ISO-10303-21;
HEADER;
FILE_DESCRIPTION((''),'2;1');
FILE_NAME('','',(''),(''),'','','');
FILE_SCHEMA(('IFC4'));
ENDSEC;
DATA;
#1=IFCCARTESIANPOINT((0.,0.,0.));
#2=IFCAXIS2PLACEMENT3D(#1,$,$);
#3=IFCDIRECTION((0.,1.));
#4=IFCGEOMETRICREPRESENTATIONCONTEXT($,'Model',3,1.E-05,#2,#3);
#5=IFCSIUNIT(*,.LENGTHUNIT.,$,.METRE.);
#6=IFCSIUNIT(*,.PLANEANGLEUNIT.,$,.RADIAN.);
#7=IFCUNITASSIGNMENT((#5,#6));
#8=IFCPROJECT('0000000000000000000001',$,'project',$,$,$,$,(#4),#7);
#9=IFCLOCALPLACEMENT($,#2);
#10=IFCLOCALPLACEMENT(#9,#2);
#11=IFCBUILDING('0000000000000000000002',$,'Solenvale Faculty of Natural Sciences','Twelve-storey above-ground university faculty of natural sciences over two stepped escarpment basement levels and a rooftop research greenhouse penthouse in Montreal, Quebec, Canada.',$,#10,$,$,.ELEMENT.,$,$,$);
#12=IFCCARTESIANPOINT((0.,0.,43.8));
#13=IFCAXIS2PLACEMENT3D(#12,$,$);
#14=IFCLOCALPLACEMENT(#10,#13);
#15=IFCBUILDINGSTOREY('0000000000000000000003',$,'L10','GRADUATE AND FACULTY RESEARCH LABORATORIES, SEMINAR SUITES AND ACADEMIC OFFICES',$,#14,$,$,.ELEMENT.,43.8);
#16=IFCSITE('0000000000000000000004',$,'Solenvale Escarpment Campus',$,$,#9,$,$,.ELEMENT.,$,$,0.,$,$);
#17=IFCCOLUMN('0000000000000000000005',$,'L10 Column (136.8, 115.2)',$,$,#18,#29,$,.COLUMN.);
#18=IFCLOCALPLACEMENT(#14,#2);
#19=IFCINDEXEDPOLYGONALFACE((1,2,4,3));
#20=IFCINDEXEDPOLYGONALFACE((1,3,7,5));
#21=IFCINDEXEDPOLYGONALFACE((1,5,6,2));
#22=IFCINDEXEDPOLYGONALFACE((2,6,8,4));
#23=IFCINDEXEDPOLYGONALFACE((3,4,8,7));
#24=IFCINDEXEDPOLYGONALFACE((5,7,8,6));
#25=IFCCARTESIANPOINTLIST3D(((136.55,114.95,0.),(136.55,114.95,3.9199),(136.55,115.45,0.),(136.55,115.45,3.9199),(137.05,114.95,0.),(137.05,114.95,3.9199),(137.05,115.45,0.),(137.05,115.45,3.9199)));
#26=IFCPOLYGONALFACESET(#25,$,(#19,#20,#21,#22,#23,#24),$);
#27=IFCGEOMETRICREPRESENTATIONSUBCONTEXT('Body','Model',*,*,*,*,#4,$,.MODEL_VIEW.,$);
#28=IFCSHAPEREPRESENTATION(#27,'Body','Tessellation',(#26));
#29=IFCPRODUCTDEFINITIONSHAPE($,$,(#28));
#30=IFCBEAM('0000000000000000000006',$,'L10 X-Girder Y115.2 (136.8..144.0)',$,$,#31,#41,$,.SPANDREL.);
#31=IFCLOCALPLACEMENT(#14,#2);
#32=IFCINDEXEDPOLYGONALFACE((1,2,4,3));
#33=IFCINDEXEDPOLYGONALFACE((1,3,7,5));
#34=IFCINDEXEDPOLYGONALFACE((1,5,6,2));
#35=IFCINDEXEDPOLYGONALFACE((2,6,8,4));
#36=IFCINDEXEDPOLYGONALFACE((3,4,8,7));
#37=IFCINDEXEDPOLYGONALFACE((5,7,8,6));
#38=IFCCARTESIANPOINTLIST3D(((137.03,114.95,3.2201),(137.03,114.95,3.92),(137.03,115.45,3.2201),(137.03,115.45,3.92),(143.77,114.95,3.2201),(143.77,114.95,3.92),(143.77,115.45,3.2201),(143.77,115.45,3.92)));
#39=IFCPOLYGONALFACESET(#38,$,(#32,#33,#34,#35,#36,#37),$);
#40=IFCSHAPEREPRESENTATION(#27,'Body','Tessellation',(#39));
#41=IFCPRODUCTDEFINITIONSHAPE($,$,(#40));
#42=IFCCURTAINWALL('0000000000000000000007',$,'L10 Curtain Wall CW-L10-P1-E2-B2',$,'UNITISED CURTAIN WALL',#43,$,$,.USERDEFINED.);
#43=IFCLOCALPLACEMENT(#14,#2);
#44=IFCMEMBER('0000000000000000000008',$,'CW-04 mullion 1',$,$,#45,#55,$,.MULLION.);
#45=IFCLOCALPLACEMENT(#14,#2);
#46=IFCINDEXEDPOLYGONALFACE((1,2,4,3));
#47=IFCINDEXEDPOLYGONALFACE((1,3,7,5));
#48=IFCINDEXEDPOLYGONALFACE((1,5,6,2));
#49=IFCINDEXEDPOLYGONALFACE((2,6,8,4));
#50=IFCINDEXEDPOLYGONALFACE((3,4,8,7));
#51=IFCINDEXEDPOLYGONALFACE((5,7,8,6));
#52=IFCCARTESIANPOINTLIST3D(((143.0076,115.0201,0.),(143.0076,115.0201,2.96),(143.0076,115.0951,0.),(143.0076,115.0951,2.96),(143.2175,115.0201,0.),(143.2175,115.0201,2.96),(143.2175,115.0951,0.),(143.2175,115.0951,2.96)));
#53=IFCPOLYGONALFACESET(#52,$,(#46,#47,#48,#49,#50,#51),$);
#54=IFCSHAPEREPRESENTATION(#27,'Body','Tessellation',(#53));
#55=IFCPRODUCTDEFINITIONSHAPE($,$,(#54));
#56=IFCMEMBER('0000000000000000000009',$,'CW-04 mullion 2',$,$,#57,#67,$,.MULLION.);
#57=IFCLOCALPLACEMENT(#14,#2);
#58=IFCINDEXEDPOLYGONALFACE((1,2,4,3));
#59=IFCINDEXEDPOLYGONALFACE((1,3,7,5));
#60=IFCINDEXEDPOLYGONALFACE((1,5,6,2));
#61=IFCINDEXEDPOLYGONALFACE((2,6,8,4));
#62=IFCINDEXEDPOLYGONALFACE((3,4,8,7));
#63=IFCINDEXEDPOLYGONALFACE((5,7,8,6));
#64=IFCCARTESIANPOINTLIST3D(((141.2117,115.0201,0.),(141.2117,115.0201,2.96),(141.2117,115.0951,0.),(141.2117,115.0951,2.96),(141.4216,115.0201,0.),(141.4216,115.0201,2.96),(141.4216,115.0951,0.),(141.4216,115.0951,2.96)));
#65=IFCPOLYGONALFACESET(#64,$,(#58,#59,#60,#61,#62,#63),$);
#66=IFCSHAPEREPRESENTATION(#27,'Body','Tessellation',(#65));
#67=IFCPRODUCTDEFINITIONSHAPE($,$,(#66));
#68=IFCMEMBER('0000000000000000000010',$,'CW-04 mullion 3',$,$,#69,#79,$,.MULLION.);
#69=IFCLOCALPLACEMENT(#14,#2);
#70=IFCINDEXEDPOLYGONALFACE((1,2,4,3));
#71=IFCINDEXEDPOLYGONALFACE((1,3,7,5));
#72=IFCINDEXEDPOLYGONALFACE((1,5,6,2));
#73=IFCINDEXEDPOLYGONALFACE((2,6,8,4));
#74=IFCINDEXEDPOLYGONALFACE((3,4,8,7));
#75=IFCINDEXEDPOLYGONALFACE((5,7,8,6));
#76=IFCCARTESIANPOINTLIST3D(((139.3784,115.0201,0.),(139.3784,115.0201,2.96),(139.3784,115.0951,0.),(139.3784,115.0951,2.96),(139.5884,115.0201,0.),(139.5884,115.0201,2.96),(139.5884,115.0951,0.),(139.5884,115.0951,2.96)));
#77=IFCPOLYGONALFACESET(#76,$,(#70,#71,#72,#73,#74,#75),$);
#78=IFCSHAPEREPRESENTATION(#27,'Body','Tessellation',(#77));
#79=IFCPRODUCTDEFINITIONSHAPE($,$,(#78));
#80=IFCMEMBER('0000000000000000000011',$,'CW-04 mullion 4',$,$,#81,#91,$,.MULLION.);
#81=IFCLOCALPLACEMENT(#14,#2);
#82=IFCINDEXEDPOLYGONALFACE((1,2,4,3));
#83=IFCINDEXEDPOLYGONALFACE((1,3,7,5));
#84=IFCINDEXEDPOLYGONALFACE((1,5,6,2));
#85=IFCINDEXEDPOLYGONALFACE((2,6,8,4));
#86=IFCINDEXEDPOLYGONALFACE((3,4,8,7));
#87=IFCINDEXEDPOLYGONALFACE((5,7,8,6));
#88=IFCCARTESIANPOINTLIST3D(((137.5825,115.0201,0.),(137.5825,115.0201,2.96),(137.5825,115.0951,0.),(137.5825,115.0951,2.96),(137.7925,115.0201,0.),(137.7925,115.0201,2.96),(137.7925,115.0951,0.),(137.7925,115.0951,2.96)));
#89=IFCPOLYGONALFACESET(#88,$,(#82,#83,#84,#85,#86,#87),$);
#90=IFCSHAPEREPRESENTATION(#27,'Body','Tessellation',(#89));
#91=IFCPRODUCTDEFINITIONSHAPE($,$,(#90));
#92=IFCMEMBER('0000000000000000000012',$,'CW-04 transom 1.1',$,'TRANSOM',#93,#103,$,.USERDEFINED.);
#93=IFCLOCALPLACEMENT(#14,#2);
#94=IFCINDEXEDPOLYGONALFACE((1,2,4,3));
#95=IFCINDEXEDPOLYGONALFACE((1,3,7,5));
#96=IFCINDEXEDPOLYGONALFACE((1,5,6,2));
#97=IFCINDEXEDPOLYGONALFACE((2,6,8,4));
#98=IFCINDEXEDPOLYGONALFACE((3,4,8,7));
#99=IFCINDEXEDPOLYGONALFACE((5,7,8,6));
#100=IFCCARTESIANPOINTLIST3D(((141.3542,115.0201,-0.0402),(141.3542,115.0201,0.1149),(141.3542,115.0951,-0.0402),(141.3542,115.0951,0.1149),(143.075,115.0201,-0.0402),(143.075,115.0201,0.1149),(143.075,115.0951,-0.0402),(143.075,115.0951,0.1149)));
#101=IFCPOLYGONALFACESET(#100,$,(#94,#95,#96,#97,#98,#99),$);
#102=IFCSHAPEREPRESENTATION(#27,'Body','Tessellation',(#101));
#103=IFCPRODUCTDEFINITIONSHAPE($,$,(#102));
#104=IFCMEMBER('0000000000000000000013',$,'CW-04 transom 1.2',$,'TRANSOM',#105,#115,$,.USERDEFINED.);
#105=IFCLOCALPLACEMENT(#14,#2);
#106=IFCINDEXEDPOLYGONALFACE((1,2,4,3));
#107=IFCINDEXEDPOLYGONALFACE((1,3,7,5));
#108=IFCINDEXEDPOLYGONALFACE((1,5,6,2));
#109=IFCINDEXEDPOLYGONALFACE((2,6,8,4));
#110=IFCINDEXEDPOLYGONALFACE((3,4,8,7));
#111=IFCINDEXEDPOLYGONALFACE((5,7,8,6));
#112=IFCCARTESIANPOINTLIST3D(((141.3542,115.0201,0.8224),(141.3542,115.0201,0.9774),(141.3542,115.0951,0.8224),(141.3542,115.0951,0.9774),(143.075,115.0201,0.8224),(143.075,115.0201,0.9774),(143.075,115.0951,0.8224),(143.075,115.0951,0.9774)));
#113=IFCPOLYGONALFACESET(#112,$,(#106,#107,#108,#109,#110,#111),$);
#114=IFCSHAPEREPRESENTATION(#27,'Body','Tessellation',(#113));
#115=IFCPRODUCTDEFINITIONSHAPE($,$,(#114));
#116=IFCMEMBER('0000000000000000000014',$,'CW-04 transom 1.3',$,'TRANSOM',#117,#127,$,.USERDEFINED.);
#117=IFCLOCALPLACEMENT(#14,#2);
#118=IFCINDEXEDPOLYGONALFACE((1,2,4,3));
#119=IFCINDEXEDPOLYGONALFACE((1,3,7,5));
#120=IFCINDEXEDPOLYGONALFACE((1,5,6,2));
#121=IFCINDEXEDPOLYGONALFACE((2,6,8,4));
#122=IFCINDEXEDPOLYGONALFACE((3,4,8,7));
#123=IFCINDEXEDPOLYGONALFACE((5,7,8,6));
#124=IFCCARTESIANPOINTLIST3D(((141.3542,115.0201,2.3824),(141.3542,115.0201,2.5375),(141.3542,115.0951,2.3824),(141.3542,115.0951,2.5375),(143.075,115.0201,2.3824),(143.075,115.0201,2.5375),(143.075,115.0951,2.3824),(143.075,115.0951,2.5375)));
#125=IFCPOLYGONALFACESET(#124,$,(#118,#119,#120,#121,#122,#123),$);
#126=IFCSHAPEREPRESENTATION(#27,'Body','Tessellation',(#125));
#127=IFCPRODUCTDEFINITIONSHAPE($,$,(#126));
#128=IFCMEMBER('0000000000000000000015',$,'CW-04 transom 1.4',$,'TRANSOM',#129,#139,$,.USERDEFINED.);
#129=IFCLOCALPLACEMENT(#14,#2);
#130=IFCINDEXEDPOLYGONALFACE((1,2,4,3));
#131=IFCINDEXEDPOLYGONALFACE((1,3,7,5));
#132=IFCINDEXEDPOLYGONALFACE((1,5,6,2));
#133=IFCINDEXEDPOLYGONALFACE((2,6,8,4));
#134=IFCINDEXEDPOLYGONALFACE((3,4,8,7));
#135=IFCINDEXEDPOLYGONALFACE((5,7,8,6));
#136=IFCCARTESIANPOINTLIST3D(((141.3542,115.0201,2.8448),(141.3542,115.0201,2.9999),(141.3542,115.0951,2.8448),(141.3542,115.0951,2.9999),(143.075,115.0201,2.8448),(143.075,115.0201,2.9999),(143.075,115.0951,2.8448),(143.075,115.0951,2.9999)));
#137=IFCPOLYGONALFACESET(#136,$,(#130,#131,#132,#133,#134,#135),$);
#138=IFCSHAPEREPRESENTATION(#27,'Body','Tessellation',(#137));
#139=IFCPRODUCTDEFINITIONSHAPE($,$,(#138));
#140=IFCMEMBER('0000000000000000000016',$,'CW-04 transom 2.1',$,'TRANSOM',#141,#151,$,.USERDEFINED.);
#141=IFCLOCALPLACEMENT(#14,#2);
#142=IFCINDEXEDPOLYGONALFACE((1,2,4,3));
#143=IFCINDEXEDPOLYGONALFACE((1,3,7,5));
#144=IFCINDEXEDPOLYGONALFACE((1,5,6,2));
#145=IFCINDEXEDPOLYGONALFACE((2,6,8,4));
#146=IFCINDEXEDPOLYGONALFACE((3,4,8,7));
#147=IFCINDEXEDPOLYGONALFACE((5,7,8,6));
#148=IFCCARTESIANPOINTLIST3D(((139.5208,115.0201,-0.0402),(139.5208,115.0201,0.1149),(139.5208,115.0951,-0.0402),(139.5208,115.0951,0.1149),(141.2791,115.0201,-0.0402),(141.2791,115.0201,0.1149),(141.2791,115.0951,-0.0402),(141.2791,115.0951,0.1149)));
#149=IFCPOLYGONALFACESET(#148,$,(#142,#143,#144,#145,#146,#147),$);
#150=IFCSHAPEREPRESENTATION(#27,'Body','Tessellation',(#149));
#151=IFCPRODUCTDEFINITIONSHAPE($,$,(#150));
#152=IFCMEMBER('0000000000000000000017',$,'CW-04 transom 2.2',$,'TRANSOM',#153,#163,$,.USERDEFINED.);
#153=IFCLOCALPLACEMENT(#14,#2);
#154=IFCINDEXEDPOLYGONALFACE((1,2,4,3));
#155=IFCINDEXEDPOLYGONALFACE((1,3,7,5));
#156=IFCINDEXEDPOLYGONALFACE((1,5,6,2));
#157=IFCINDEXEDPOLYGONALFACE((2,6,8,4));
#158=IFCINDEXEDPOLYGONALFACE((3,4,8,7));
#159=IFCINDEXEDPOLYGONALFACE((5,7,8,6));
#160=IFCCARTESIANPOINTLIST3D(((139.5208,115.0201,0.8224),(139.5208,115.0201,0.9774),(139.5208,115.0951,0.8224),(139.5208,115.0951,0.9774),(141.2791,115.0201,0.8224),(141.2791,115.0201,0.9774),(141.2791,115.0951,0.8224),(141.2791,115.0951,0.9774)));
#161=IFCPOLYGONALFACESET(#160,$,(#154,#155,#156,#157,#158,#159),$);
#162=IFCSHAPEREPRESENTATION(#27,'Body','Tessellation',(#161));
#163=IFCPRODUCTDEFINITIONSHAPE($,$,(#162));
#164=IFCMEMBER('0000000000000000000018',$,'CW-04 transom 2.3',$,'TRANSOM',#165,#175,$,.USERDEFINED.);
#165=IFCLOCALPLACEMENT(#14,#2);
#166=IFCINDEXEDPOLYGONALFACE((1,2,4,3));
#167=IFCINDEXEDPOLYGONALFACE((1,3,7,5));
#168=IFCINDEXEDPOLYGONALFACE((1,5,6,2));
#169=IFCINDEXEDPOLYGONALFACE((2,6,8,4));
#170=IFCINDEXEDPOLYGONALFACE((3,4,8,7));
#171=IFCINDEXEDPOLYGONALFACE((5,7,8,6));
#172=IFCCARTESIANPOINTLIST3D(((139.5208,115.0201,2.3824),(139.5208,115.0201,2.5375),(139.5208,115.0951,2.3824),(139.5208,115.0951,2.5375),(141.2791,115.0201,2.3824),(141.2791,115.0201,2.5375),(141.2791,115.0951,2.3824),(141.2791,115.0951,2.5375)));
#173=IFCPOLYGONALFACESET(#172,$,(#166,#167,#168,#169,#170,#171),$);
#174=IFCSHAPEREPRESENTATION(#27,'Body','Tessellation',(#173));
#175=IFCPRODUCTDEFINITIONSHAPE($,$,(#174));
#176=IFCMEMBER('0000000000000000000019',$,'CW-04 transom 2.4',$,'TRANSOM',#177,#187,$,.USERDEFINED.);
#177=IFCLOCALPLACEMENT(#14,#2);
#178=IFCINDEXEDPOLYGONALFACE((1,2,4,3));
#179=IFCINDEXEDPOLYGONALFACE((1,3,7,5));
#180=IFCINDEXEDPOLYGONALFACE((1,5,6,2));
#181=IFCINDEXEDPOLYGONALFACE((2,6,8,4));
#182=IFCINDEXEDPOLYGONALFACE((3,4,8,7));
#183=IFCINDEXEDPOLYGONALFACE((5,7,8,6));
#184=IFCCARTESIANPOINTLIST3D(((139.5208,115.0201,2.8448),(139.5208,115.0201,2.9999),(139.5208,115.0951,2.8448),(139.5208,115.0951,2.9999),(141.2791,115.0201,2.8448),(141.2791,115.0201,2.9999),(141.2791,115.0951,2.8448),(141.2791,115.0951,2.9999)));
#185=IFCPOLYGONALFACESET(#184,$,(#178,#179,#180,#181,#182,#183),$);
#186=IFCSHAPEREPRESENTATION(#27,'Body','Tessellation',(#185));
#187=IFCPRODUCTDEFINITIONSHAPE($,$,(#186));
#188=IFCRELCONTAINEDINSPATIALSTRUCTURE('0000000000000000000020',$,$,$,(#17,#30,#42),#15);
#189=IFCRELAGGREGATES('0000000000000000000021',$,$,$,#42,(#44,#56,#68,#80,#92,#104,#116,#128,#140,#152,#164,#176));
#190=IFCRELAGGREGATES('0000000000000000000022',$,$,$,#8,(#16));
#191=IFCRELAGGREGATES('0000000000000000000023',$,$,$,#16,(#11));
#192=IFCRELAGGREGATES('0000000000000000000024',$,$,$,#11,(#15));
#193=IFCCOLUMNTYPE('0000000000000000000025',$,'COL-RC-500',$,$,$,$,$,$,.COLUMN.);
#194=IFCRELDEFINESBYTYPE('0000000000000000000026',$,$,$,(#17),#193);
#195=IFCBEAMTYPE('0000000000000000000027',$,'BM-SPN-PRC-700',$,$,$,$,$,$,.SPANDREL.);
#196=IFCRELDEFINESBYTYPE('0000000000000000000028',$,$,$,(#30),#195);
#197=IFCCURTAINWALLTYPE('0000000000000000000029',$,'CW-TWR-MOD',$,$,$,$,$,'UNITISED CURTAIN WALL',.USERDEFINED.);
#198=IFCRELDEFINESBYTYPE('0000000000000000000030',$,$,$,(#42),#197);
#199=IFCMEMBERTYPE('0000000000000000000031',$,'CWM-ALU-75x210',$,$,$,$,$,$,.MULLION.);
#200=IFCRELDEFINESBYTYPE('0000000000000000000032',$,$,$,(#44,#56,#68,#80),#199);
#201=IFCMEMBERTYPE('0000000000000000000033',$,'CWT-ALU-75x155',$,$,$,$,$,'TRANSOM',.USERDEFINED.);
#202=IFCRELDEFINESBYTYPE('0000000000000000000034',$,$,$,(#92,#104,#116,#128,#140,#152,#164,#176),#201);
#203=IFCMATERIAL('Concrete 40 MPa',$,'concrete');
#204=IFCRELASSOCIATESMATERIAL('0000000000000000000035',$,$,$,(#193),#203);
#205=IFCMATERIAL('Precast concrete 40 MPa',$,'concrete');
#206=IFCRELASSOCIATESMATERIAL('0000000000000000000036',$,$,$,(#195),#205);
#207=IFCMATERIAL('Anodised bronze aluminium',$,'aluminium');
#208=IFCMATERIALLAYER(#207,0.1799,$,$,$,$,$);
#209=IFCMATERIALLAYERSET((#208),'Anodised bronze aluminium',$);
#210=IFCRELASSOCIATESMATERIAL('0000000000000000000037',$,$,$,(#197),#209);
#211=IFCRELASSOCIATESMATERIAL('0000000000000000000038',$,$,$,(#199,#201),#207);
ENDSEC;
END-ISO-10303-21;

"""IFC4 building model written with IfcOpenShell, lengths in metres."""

from ifc_helpers import new_model, si_unit, direction, frame, origin, origin_2d, place, context, subcontext, project, spatial, rectangle, extrude, material, layer, layer_set, material_profile, profile_set, type_object, element, aggregate, save


model = new_model("IFC4")

# Units and contexts
model_context = context("Model", 3, precision=1e-05, world=origin(), true_north=direction((0.0, 1.0)))
body_context = subcontext(model_context, "Body", "Model", "MODEL_VIEW")
ifc_project = project(units=[si_unit("LENGTHUNIT", "METRE"), si_unit("PLANEANGLEUNIT", "RADIAN")], contexts=[model_context])

# Site, building, storey
site_placement = place(None, origin())
site = spatial("IfcSite", under=ifc_project, at=site_placement, Name="Solenvale Escarpment Campus", CompositionType="ELEMENT", RefElevation=0.0)
building_placement = place(site_placement, origin())
building = spatial("IfcBuilding", under=site, at=building_placement, Name="Solenvale Faculty of Natural Sciences", Description="Twelve-storey above-ground university faculty of natural sciences over two stepped escarpment basement levels and a rooftop research greenhouse penthouse in Montreal, Quebec, Canada.", CompositionType="ELEMENT")
storey_placement = place(building_placement, frame((0.0, 0.0, 43.8)))
storey = spatial("IfcBuildingStorey", under=building, at=storey_placement, Name="L10", Description="GRADUATE AND FACULTY RESEARCH LABORATORIES, SEMINAR SUITES AND ACADEMIC OFFICES", CompositionType="ELEMENT", Elevation=43.8)

# Column
ifc_material_1 = material(Name="Concrete 40 MPa", Category="concrete")
ifc_material_profile_1 = material_profile(ifc_material_1, rectangle(XDim=0.5, YDim=0.5, at=origin_2d()), Name="RC-COL-500x500")
ifc_profile_set_1 = profile_set([ifc_material_profile_1], Name="Concrete 40 MPa")
column_type = type_object("IfcColumnType", Name="COL-RC-500", PredefinedType="COLUMN", material=ifc_profile_set_1)
column_placement = place(storey_placement, frame((136.8, 115.2, 0.0), z_axis=(0.0, 0.0, 1.0), x_axis=(1.0, 0.0, 0.0)))
element("IfcColumn", 1, at=column_placement, inside=storey, type_object=column_type, Name="L10 Column (136.8, 115.2)", PredefinedType="COLUMN", context=body_context, shape_type="SweptSolid", body=[
    extrude(rectangle(XDim=0.5, YDim=0.5, at=origin_2d()), origin(), (0.0, 0.0, 1.0), 3.9199),
])

# Beam
ifc_material_2 = material(Name="Precast concrete 40 MPa", Category="concrete")
ifc_material_profile_2 = material_profile(ifc_material_2, rectangle(XDim=0.5, YDim=0.7, at=origin_2d()), Name="RC-BM-500x700")
ifc_profile_set_2 = profile_set([ifc_material_profile_2], Name="Precast concrete 40 MPa")
beam_type = type_object("IfcBeamType", Name="BM-SPN-PRC-700", PredefinedType="SPANDREL", material=ifc_profile_set_2)
beam_placement = place(storey_placement, frame((137.03, 115.2, 3.5701), z_axis=(1.0, 0.0, 0.0), x_axis=(0.0, 1.0, 0.0)))
element("IfcBeam", 2, at=beam_placement, inside=storey, type_object=beam_type, Name="L10 X-Girder Y115.2 (136.8..144.0)", PredefinedType="SPANDREL", context=body_context, shape_type="SweptSolid", body=[
    extrude(rectangle(XDim=0.5, YDim=0.7, at=origin_2d()), origin(), (0.0, 0.0, 1.0), 6.74),
])

# Curtain wall, members
ifc_material_3 = material(Name="Anodised bronze aluminium", Category="aluminium")
ifc_layer_1 = layer(ifc_material_3, 0.1799)
ifc_layer_set_1 = layer_set([ifc_layer_1], Name="Anodised bronze aluminium")
curtain_wall_type = type_object("IfcCurtainWallType", Name="CW-TWR-MOD", ElementType="UNITISED CURTAIN WALL", PredefinedType="USERDEFINED", material=ifc_layer_set_1)
curtain_wall_placement = place(storey_placement, origin())
curtain_wall = element("IfcCurtainWall", 3, at=curtain_wall_placement, inside=storey, type_object=curtain_wall_type, Name="L10 Curtain Wall CW-L10-P1-E2-B2", ObjectType="UNITISED CURTAIN WALL", PredefinedType="USERDEFINED")
ifc_material_profile_3 = material_profile(ifc_material_3, rectangle(XDim=0.075, YDim=0.21, at=origin_2d()), Name="ALU-MUL-75x210")
ifc_profile_set_3 = profile_set([ifc_material_profile_3], Name="Anodised bronze aluminium")
member_type_1 = type_object("IfcMemberType", Name="CWM-ALU-75x210", PredefinedType="MULLION", material=ifc_profile_set_3)
member_1_placement = place(storey_placement, frame((143.1125, 115.0576, 0.0), z_axis=(0.0, 0.0, 1.0), x_axis=(0.0, -1.0, 0.0)))
member_1 = element("IfcMember", 4, at=member_1_placement, type_object=member_type_1, Name="CW-04 mullion 1", PredefinedType="MULLION", context=body_context, shape_type="SweptSolid", body=[
    extrude(rectangle(XDim=0.075, YDim=0.21, at=origin_2d()), origin(), (0.0, 0.0, 1.0), 2.96),
])
member_2_placement = place(storey_placement, frame((141.3167, 115.0576, 0.0), z_axis=(0.0, 0.0, 1.0), x_axis=(0.0, -1.0, 0.0)))
member_2 = element("IfcMember", 5, at=member_2_placement, type_object=member_type_1, Name="CW-04 mullion 2", PredefinedType="MULLION", context=body_context, shape_type="SweptSolid", body=[
    extrude(rectangle(XDim=0.075, YDim=0.21, at=origin_2d()), origin(), (0.0, 0.0, 1.0), 2.96),
])
member_3_placement = place(storey_placement, frame((139.4834, 115.0576, 0.0), z_axis=(0.0, 0.0, 1.0), x_axis=(0.0, -1.0, 0.0)))
member_3 = element("IfcMember", 6, at=member_3_placement, type_object=member_type_1, Name="CW-04 mullion 3", PredefinedType="MULLION", context=body_context, shape_type="SweptSolid", body=[
    extrude(rectangle(XDim=0.075, YDim=0.21, at=origin_2d()), origin(), (0.0, 0.0, 1.0), 2.96),
])
member_4_placement = place(storey_placement, frame((137.6875, 115.0576, 0.0), z_axis=(0.0, 0.0, 1.0), x_axis=(0.0, -1.0, 0.0)))
member_4 = element("IfcMember", 7, at=member_4_placement, type_object=member_type_1, Name="CW-04 mullion 4", PredefinedType="MULLION", context=body_context, shape_type="SweptSolid", body=[
    extrude(rectangle(XDim=0.075, YDim=0.21, at=origin_2d()), origin(), (0.0, 0.0, 1.0), 2.96),
])
ifc_material_profile_4 = material_profile(ifc_material_3, rectangle(XDim=0.075, YDim=0.155, at=origin_2d()), Name="ALU-TRN-75x155")
ifc_profile_set_4 = profile_set([ifc_material_profile_4], Name="Anodised bronze aluminium")
member_type_2 = type_object("IfcMemberType", Name="CWT-ALU-75x155", ElementType="TRANSOM", PredefinedType="USERDEFINED", material=ifc_profile_set_4)
member_5_placement = place(storey_placement, frame((143.075, 115.0576, 0.0374), z_axis=(-1.0, 0.0, 0.0), x_axis=(0.0, -1.0, 0.0)))
member_5 = element("IfcMember", 8, at=member_5_placement, type_object=member_type_2, Name="CW-04 transom 1.1", ObjectType="TRANSOM", PredefinedType="USERDEFINED", context=body_context, shape_type="SweptSolid", body=[
    extrude(rectangle(XDim=0.075, YDim=0.155, at=origin_2d()), origin(), (0.0, 0.0, 1.0), 1.7207),
])
member_6_placement = place(storey_placement, frame((143.075, 115.0576, 0.8999), z_axis=(-1.0, 0.0, 0.0), x_axis=(0.0, -1.0, 0.0)))
member_6 = element("IfcMember", 9, at=member_6_placement, type_object=member_type_2, Name="CW-04 transom 1.2", ObjectType="TRANSOM", PredefinedType="USERDEFINED", context=body_context, shape_type="SweptSolid", body=[
    extrude(rectangle(XDim=0.075, YDim=0.155, at=origin_2d()), origin(), (0.0, 0.0, 1.0), 1.7207),
])
member_7_placement = place(storey_placement, frame((143.075, 115.0576, 2.46), z_axis=(-1.0, 0.0, 0.0), x_axis=(0.0, -1.0, 0.0)))
member_7 = element("IfcMember", 10, at=member_7_placement, type_object=member_type_2, Name="CW-04 transom 1.3", ObjectType="TRANSOM", PredefinedType="USERDEFINED", context=body_context, shape_type="SweptSolid", body=[
    extrude(rectangle(XDim=0.075, YDim=0.155, at=origin_2d()), origin(), (0.0, 0.0, 1.0), 1.7207),
])
member_8_placement = place(storey_placement, frame((143.075, 115.0576, 2.9224), z_axis=(-1.0, 0.0, 0.0), x_axis=(0.0, -1.0, 0.0)))
member_8 = element("IfcMember", 11, at=member_8_placement, type_object=member_type_2, Name="CW-04 transom 1.4", ObjectType="TRANSOM", PredefinedType="USERDEFINED", context=body_context, shape_type="SweptSolid", body=[
    extrude(rectangle(XDim=0.075, YDim=0.155, at=origin_2d()), origin(), (0.0, 0.0, 1.0), 1.7207),
])
member_9_placement = place(storey_placement, frame((141.2791, 115.0576, 0.0374), z_axis=(-1.0, 0.0, 0.0), x_axis=(0.0, -1.0, 0.0)))
member_9 = element("IfcMember", 12, at=member_9_placement, type_object=member_type_2, Name="CW-04 transom 2.1", ObjectType="TRANSOM", PredefinedType="USERDEFINED", context=body_context, shape_type="SweptSolid", body=[
    extrude(rectangle(XDim=0.075, YDim=0.155, at=origin_2d()), origin(), (0.0, 0.0, 1.0), 1.7583),
])
member_10_placement = place(storey_placement, frame((141.2791, 115.0576, 0.8999), z_axis=(-1.0, 0.0, 0.0), x_axis=(0.0, -1.0, 0.0)))
member_10 = element("IfcMember", 13, at=member_10_placement, type_object=member_type_2, Name="CW-04 transom 2.2", ObjectType="TRANSOM", PredefinedType="USERDEFINED", context=body_context, shape_type="SweptSolid", body=[
    extrude(rectangle(XDim=0.075, YDim=0.155, at=origin_2d()), origin(), (0.0, 0.0, 1.0), 1.7583),
])
member_11_placement = place(storey_placement, frame((141.2791, 115.0576, 2.46), z_axis=(-1.0, 0.0, 0.0), x_axis=(0.0, -1.0, 0.0)))
member_11 = element("IfcMember", 14, at=member_11_placement, type_object=member_type_2, Name="CW-04 transom 2.3", ObjectType="TRANSOM", PredefinedType="USERDEFINED", context=body_context, shape_type="SweptSolid", body=[
    extrude(rectangle(XDim=0.075, YDim=0.155, at=origin_2d()), origin(), (0.0, 0.0, 1.0), 1.7583),
])
member_12_placement = place(storey_placement, frame((141.2791, 115.0576, 2.9224), z_axis=(-1.0, 0.0, 0.0), x_axis=(0.0, -1.0, 0.0)))
member_12 = element("IfcMember", 15, at=member_12_placement, type_object=member_type_2, Name="CW-04 transom 2.4", ObjectType="TRANSOM", PredefinedType="USERDEFINED", context=body_context, shape_type="SweptSolid", body=[
    extrude(rectangle(XDim=0.075, YDim=0.155, at=origin_2d()), origin(), (0.0, 0.0, 1.0), 1.7583),
])
aggregate(curtain_wall, [member_1, member_2, member_3, member_4, member_5, member_6, member_7, member_8, member_9, member_10, member_11, member_12])

save(model, "model.ifc")
